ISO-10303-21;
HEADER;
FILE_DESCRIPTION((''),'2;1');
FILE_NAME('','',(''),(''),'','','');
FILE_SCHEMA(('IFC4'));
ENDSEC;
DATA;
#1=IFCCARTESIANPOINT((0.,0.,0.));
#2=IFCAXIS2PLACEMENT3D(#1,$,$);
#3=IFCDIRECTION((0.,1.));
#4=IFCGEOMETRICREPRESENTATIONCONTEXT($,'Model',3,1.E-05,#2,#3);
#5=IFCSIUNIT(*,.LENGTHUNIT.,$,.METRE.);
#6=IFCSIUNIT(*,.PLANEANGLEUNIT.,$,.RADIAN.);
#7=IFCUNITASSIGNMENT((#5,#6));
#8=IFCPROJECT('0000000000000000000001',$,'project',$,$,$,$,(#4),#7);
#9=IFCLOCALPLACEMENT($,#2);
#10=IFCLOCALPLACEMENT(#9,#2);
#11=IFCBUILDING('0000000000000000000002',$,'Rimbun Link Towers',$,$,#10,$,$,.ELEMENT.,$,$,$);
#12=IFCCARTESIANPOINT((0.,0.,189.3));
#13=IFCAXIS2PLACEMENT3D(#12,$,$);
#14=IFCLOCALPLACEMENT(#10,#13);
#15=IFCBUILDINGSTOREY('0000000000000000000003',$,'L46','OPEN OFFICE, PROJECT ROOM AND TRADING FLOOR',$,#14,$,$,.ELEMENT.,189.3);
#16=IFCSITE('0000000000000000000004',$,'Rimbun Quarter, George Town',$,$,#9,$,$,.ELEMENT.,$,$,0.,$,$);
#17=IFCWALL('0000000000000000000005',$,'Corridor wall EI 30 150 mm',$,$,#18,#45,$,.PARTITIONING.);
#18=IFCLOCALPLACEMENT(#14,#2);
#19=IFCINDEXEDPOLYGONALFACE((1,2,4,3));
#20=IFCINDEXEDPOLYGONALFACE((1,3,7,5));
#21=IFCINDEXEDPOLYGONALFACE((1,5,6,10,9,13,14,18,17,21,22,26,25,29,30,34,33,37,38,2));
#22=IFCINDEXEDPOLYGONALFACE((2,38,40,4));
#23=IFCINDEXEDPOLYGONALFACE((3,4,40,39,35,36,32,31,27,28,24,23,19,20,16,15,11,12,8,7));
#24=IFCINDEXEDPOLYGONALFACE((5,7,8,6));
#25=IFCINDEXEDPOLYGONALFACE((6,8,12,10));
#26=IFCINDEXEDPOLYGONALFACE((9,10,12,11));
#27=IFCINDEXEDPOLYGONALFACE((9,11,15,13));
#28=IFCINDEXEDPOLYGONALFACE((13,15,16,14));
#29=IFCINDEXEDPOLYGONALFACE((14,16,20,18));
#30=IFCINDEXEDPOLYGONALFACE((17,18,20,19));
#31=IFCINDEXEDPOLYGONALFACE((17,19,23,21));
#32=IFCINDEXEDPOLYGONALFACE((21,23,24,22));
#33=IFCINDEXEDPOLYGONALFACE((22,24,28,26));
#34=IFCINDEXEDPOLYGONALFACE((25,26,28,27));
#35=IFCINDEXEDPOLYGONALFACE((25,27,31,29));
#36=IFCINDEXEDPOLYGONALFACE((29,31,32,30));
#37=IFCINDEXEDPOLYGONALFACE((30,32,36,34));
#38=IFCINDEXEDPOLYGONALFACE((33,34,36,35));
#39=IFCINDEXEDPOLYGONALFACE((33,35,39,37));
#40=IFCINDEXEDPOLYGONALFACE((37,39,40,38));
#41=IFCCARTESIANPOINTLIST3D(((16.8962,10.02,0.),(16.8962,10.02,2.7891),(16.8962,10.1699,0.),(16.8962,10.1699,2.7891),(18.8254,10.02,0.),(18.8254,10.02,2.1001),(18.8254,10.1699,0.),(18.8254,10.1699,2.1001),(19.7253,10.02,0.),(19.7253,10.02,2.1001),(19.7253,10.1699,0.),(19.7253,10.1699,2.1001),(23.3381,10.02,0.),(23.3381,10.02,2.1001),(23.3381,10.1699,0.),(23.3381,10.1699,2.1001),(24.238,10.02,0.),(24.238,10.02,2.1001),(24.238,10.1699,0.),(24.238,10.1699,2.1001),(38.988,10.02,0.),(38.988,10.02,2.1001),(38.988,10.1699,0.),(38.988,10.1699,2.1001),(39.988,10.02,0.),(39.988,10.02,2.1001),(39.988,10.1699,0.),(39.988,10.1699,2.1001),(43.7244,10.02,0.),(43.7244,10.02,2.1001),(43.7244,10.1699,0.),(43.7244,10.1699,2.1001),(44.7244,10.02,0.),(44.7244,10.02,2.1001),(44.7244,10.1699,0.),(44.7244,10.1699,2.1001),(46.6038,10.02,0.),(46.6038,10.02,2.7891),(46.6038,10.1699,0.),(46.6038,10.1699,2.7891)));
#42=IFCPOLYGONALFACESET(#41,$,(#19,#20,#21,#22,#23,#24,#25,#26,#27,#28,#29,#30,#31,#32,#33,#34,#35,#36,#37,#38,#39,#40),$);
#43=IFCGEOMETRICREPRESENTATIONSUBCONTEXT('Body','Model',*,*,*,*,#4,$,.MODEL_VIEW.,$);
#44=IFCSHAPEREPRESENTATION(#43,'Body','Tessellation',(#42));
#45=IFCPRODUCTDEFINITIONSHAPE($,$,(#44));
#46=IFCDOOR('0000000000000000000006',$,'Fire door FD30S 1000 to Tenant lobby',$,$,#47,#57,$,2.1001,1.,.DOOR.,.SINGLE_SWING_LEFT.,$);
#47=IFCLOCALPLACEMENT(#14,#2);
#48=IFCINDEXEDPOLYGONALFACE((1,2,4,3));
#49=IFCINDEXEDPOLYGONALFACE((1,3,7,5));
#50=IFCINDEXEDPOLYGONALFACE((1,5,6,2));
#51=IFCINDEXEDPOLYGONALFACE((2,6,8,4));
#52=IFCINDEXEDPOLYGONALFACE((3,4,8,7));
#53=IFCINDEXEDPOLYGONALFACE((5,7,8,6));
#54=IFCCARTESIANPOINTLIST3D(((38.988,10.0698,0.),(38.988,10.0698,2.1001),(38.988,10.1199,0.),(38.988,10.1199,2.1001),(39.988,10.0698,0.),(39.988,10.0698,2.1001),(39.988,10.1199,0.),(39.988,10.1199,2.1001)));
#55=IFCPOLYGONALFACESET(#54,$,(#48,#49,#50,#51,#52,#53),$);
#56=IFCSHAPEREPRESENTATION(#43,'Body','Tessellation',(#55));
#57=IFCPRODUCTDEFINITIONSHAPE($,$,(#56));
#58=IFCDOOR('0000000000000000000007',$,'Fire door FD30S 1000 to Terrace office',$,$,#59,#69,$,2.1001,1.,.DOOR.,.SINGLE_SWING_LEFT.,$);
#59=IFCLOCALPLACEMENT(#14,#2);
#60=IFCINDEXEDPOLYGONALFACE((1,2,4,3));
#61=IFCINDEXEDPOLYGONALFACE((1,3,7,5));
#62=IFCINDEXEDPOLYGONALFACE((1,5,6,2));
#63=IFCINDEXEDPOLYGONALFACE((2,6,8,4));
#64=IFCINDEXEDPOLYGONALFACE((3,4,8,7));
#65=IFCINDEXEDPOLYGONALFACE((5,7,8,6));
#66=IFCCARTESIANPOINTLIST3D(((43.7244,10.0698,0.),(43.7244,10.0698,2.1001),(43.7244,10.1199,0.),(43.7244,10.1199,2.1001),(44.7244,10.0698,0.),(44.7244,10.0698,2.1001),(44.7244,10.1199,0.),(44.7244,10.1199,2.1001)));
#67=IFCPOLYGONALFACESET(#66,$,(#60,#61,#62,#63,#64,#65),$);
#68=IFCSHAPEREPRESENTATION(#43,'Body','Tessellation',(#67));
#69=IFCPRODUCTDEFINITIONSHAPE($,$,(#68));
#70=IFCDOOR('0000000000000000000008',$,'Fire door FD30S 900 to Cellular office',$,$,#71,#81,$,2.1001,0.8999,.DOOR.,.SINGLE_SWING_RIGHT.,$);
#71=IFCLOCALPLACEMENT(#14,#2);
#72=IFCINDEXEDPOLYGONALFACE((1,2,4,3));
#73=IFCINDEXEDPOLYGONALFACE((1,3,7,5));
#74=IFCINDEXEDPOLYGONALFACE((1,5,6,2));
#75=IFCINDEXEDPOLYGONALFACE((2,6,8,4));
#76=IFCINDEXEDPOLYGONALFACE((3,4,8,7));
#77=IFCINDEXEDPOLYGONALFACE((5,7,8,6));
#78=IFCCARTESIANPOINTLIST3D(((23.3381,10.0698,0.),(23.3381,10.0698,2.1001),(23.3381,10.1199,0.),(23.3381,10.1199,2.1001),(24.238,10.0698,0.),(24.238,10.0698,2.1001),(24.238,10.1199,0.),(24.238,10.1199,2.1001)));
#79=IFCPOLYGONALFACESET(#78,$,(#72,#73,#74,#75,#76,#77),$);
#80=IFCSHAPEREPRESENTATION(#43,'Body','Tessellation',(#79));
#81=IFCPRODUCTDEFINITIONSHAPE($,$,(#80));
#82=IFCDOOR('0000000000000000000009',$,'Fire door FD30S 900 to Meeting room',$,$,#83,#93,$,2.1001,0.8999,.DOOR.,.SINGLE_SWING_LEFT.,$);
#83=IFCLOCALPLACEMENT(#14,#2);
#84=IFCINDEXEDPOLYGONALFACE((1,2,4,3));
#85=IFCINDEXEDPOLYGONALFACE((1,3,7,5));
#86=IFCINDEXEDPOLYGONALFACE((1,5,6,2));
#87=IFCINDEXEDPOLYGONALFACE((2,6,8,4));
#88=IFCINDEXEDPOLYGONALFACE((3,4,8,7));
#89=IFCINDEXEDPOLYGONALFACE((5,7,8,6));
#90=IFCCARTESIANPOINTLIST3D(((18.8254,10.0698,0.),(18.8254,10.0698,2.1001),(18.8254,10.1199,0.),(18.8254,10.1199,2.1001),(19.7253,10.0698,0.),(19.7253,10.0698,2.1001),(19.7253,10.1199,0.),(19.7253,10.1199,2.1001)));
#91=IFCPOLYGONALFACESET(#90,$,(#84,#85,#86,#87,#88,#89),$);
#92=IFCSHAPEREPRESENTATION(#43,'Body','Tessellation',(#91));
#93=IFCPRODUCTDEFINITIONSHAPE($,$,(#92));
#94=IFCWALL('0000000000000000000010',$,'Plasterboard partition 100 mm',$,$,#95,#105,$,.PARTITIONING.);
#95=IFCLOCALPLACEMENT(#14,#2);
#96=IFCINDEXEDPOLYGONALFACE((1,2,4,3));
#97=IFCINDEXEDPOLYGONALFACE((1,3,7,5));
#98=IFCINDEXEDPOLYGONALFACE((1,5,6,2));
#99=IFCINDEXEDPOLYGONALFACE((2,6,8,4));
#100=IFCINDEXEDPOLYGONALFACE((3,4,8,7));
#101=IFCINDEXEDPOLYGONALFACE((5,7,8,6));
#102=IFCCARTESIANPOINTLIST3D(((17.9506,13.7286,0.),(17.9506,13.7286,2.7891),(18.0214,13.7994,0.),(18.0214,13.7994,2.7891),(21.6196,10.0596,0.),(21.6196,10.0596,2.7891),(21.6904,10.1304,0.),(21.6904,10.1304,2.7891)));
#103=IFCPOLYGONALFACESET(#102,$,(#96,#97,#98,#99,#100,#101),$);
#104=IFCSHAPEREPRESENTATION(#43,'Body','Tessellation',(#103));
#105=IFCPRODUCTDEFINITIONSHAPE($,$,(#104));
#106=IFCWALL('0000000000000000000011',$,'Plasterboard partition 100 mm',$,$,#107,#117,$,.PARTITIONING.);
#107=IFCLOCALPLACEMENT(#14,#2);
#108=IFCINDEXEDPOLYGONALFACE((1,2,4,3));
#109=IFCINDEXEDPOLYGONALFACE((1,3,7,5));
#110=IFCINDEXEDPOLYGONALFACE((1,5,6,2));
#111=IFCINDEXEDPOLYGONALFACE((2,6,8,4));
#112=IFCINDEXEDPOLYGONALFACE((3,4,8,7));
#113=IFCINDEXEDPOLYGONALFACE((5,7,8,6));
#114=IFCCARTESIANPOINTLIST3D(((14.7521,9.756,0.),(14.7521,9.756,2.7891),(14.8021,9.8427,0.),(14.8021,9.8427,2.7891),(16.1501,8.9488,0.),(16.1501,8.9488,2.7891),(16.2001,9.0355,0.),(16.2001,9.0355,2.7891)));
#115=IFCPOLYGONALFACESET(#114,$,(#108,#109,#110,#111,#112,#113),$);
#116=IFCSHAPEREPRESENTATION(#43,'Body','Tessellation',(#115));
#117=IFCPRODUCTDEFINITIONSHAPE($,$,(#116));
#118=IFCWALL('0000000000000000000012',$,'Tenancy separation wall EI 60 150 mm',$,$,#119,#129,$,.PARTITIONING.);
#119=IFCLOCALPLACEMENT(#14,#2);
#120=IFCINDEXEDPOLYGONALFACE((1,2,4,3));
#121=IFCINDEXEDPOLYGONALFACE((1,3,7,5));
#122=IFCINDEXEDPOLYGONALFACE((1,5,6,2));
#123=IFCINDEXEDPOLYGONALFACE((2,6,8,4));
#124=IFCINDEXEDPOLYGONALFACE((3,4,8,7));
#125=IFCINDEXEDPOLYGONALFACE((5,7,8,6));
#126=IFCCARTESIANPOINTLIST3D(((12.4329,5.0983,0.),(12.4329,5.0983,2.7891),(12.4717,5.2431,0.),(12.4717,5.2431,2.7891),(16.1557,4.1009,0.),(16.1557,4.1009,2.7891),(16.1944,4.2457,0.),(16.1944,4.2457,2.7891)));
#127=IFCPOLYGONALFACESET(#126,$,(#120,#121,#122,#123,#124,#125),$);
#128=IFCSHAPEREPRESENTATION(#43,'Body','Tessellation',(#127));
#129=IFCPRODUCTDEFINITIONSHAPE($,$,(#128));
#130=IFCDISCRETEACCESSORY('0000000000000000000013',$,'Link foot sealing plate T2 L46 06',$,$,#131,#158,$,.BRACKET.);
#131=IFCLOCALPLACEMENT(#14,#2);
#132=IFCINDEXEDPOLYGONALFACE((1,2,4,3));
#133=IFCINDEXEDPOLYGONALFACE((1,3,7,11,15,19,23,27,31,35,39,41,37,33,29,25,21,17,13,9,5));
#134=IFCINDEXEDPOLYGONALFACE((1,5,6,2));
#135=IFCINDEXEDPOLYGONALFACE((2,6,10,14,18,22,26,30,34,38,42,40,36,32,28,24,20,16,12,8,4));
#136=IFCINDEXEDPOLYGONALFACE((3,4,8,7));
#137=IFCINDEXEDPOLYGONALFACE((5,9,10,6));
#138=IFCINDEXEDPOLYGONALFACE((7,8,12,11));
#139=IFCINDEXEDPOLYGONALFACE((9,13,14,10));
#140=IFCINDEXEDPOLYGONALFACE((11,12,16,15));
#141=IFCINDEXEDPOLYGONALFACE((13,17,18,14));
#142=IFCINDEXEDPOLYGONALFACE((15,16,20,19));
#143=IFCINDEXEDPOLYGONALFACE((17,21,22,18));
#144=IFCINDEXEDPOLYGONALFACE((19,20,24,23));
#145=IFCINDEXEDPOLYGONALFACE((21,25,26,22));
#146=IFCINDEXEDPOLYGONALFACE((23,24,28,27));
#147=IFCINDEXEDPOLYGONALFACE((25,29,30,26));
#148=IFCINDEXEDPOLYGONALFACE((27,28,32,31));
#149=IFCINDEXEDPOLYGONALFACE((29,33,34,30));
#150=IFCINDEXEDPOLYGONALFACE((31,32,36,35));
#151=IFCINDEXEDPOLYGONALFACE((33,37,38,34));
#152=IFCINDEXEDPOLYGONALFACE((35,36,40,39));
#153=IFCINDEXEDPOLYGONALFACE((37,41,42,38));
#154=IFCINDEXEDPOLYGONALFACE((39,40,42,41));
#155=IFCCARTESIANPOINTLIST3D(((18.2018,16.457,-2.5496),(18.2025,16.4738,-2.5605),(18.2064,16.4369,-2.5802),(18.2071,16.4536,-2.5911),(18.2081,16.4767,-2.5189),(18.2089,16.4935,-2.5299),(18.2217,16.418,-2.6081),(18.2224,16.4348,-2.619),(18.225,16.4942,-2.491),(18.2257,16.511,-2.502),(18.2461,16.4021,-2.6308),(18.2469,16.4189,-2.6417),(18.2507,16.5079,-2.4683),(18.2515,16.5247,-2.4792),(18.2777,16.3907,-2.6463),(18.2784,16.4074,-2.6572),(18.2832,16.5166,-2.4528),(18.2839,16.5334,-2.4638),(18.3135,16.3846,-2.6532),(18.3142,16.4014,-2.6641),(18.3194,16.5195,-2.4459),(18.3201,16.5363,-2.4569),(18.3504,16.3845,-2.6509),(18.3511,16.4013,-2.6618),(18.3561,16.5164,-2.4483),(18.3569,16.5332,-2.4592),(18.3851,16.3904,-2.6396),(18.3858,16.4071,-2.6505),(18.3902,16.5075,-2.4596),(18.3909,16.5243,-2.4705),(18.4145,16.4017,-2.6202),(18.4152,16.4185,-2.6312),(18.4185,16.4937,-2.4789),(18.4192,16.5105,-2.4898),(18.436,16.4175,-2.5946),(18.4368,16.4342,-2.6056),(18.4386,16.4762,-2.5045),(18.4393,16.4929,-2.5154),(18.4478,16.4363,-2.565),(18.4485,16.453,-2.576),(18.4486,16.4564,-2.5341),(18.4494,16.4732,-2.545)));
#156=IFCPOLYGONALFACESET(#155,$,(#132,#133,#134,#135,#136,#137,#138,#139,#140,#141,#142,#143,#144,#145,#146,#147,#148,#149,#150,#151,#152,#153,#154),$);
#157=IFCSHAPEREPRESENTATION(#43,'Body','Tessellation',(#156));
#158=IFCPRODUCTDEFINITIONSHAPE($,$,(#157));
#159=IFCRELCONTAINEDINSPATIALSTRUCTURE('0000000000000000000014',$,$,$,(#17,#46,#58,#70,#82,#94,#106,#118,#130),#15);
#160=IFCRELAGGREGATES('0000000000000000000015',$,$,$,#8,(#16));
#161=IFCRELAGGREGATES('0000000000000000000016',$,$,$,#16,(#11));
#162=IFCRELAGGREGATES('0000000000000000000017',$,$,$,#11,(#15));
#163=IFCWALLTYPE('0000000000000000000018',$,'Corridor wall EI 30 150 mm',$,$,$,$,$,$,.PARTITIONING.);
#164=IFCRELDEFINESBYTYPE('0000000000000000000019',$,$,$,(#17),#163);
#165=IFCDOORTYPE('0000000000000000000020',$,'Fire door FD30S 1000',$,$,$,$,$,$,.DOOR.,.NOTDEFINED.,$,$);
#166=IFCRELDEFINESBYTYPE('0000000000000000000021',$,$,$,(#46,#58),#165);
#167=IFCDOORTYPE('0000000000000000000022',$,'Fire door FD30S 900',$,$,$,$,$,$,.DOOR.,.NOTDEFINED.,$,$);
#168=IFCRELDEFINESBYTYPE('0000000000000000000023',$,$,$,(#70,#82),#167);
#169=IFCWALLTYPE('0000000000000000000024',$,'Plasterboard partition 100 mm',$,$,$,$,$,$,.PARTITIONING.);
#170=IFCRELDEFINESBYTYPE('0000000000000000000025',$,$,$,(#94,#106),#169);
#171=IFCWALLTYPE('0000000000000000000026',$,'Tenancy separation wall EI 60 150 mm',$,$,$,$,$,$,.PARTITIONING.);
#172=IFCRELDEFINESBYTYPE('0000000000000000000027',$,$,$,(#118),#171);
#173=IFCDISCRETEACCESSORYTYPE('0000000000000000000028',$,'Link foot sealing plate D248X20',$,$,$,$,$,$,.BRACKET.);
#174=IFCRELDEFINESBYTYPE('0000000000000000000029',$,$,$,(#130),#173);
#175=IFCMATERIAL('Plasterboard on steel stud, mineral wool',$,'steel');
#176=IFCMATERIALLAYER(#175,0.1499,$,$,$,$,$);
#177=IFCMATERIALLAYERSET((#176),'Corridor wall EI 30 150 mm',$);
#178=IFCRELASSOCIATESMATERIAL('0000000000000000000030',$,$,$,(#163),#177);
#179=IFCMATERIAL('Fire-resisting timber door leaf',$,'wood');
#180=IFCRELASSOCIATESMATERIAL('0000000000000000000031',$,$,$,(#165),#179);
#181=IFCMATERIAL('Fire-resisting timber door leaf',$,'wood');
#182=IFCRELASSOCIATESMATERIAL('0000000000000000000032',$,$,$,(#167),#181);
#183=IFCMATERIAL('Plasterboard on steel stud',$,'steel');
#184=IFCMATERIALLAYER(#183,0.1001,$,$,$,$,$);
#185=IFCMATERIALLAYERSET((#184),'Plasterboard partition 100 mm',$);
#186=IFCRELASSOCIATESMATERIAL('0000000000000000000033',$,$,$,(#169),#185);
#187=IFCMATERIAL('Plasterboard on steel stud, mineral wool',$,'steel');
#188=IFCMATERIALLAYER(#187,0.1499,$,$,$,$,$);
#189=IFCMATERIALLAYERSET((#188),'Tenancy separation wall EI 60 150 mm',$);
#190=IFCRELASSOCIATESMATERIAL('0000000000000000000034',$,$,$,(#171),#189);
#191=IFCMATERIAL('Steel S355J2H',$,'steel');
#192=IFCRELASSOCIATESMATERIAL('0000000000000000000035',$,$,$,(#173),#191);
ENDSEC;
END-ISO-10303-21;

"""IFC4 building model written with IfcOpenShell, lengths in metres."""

from ifc_helpers import new_model, si_unit, direction, frame, frame_2d, origin, origin_2d, place, context, subcontext, project, spatial, rectangle, circle, extrude, material, layer, layer_set, material_profile, profile_set, type_object, element, fill, save


model = new_model("IFC4")

# Units and contexts
model_context = context("Model", 3, precision=1e-05, world=origin(), true_north=direction((0.0, 1.0)))
body_context = subcontext(model_context, "Body", "Model", "MODEL_VIEW")
ifc_project = project(units=[si_unit("LENGTHUNIT", "METRE"), si_unit("PLANEANGLEUNIT", "RADIAN")], contexts=[model_context])

# Site, building, storey
site_placement = place(None, origin())
site = spatial("IfcSite", under=ifc_project, at=site_placement, Name="Rimbun Quarter, George Town", CompositionType="ELEMENT", RefElevation=0.0)
building_placement = place(site_placement, origin())
building = spatial("IfcBuilding", under=site, at=building_placement, Name="Rimbun Link Towers", CompositionType="ELEMENT")
storey_placement = place(building_placement, frame((0.0, 0.0, 189.3)))
storey = spatial("IfcBuildingStorey", under=building, at=storey_placement, Name="L46", Description="OPEN OFFICE, PROJECT ROOM AND TRADING FLOOR", CompositionType="ELEMENT", Elevation=189.3)

# Shared definitions
ifc_material_1 = material(Name="Plasterboard on steel stud, mineral wool", Category="steel")
ifc_layer_1 = layer(ifc_material_1, 0.1499)
ifc_layer_set_1 = layer_set([ifc_layer_1], Name="Corridor wall EI 30 150 mm")
wall_type_1 = type_object("IfcWallType", Name="Corridor wall EI 30 150 mm", PredefinedType="PARTITIONING", material=ifc_layer_set_1)

# Wall, openings, doors
wall_1_placement = place(storey_placement, frame((16.8962, 10.095, 0.0), z_axis=(0.0, 0.0, 1.0), x_axis=(1.0, 0.0, 0.0)))
wall_1 = element("IfcWall", 1, at=wall_1_placement, inside=storey, type_object=wall_type_1, Name="Corridor wall EI 30 150 mm", PredefinedType="PARTITIONING", context=body_context, shape_type="SweptSolid", body=[
    extrude(rectangle(XDim=29.7075, YDim=0.1499, at=frame_2d((14.8538, 0.0))), origin(), (0.0, 0.0, 1.0), 2.7891),
])
opening_1_placement = place(wall_1_placement, frame((22.0918, 0.0, 0.0)))
opening_1 = element("IfcOpeningElement", 2, at=opening_1_placement, cuts=wall_1, PredefinedType="OPENING", context=body_context, shape_type="SweptSolid", body=[
    extrude(rectangle(XDim=1.0, YDim=2.1001, at=frame_2d((0.5, 1.05))), frame((0.0, 0.085, 0.0), z_axis=(0.0, -1.0, 0.0), x_axis=(1.0, 0.0, 0.0)), (0.0, 0.0, 1.0), 0.1699),
])
opening_2_placement = place(wall_1_placement, frame((6.4419, 0.0, 0.0)))
opening_2 = element("IfcOpeningElement", 3, at=opening_2_placement, cuts=wall_1, PredefinedType="OPENING", context=body_context, shape_type="SweptSolid", body=[
    extrude(rectangle(XDim=0.8999, YDim=2.1001, at=frame_2d((0.45, 1.05))), frame((0.0, 0.085, 0.0), z_axis=(0.0, -1.0, 0.0), x_axis=(1.0, 0.0, 0.0)), (0.0, 0.0, 1.0), 0.1699),
])
opening_3_placement = place(wall_1_placement, frame((1.9292, 0.0, 0.0)))
opening_3 = element("IfcOpeningElement", 4, at=opening_3_placement, cuts=wall_1, PredefinedType="OPENING", context=body_context, shape_type="SweptSolid", body=[
    extrude(rectangle(XDim=0.8999, YDim=2.1001, at=frame_2d((0.45, 1.05))), frame((0.0, 0.085, 0.0), z_axis=(0.0, -1.0, 0.0), x_axis=(1.0, 0.0, 0.0)), (0.0, 0.0, 1.0), 0.1699),
])
opening_4_placement = place(wall_1_placement, frame((26.8281, 0.0, 0.0)))
opening_4 = element("IfcOpeningElement", 5, at=opening_4_placement, cuts=wall_1, PredefinedType="OPENING", context=body_context, shape_type="SweptSolid", body=[
    extrude(rectangle(XDim=1.0, YDim=2.1001, at=frame_2d((0.5, 1.05))), frame((0.0, 0.085, 0.0), z_axis=(0.0, -1.0, 0.0), x_axis=(1.0, 0.0, 0.0)), (0.0, 0.0, 1.0), 0.1699),
])
ifc_material_2 = material(Name="Fire-resisting timber door leaf", Category="wood")
door_type_1 = type_object("IfcDoorType", Name="Fire door FD30S 1000", OperationType="NOTDEFINED", PredefinedType="DOOR", material=ifc_material_2)
door_1_placement = place(opening_1_placement, origin())
door_1 = element("IfcDoor", 6, at=door_1_placement, inside=storey, type_object=door_type_1, Name="Fire door FD30S 1000 to Tenant lobby", OperationType="SINGLE_SWING_LEFT", OverallHeight=2.1001, OverallWidth=1.0, PredefinedType="DOOR", context=body_context, shape_type="SweptSolid", body=[
    extrude(rectangle(XDim=1.0, YDim=2.1001, at=frame_2d((0.5, 1.05))), frame((0.0, 0.0249, 0.0), z_axis=(0.0, -1.0, 0.0), x_axis=(1.0, 0.0, 0.0)), (0.0, 0.0, 1.0), 0.05),
])
fill(opening_1, door_1)
door_2_placement = place(opening_4_placement, origin())
door_2 = element("IfcDoor", 7, at=door_2_placement, inside=storey, type_object=door_type_1, Name="Fire door FD30S 1000 to Terrace office", OperationType="SINGLE_SWING_LEFT", OverallHeight=2.1001, OverallWidth=1.0, PredefinedType="DOOR", context=body_context, shape_type="SweptSolid", body=[
    extrude(rectangle(XDim=1.0, YDim=2.1001, at=frame_2d((0.5, 1.05))), frame((0.0, 0.0249, 0.0), z_axis=(0.0, -1.0, 0.0), x_axis=(1.0, 0.0, 0.0)), (0.0, 0.0, 1.0), 0.05),
])
fill(opening_4, door_2)
ifc_material_3 = material(Name="Fire-resisting timber door leaf", Category="wood")
door_type_2 = type_object("IfcDoorType", Name="Fire door FD30S 900", OperationType="NOTDEFINED", PredefinedType="DOOR", material=ifc_material_3)
door_3_placement = place(opening_2_placement, origin())
door_3 = element("IfcDoor", 8, at=door_3_placement, inside=storey, type_object=door_type_2, Name="Fire door FD30S 900 to Cellular office", OperationType="SINGLE_SWING_RIGHT", OverallHeight=2.1001, OverallWidth=0.8999, PredefinedType="DOOR", context=body_context, shape_type="SweptSolid", body=[
    extrude(rectangle(XDim=0.8999, YDim=2.1001, at=frame_2d((0.45, 1.05))), frame((0.0, 0.0249, 0.0), z_axis=(0.0, -1.0, 0.0), x_axis=(1.0, 0.0, 0.0)), (0.0, 0.0, 1.0), 0.05),
])
fill(opening_2, door_3)
door_4_placement = place(opening_3_placement, origin())
door_4 = element("IfcDoor", 9, at=door_4_placement, inside=storey, type_object=door_type_2, Name="Fire door FD30S 900 to Meeting room", OperationType="SINGLE_SWING_LEFT", OverallHeight=2.1001, OverallWidth=0.8999, PredefinedType="DOOR", context=body_context, shape_type="SweptSolid", body=[
    extrude(rectangle(XDim=0.8999, YDim=2.1001, at=frame_2d((0.45, 1.05))), frame((0.0, 0.0249, 0.0), z_axis=(0.0, -1.0, 0.0), x_axis=(1.0, 0.0, 0.0)), (0.0, 0.0, 1.0), 0.05),
])
fill(opening_3, door_4)

# Walls
ifc_material_4 = material(Name="Plasterboard on steel stud", Category="steel")
ifc_layer_2 = layer(ifc_material_4, 0.1001)
ifc_layer_set_2 = layer_set([ifc_layer_2], Name="Plasterboard partition 100 mm")
wall_type_2 = type_object("IfcWallType", Name="Plasterboard partition 100 mm", PredefinedType="PARTITIONING", material=ifc_layer_set_2)
wall_2_placement = place(storey_placement, frame((17.9861, 13.7639, 0.0), z_axis=(0.0, 0.0, 1.0), x_axis=(0.707107, -0.707107, 0.0)))
element("IfcWall", 10, at=wall_2_placement, inside=storey, type_object=wall_type_2, Name="Plasterboard partition 100 mm", PredefinedType="PARTITIONING", context=body_context, shape_type="SweptSolid", body=[
    extrude(rectangle(XDim=5.1887, YDim=0.1001, at=frame_2d((2.5942, 0.0))), origin(), (0.0, 0.0, 1.0), 2.7891),
])
wall_3_placement = place(storey_placement, frame((14.7771, 9.7993, 0.0), z_axis=(0.0, 0.0, 1.0), x_axis=(0.866019, -0.50001, 0.0)))
element("IfcWall", 11, at=wall_3_placement, inside=storey, type_object=wall_type_2, Name="Plasterboard partition 100 mm", PredefinedType="PARTITIONING", context=body_context, shape_type="SweptSolid", body=[
    extrude(rectangle(XDim=1.6143, YDim=0.1001, at=frame_2d((0.8071, 0.0))), origin(), (0.0, 0.0, 1.0), 2.7891),
])
ifc_material_5 = material(Name="Plasterboard on steel stud, mineral wool", Category="steel")
ifc_layer_3 = layer(ifc_material_5, 0.1499)
ifc_layer_set_3 = layer_set([ifc_layer_3], Name="Tenancy separation wall EI 60 150 mm")
wall_type_3 = type_object("IfcWallType", Name="Tenancy separation wall EI 60 150 mm", PredefinedType="PARTITIONING", material=ifc_layer_set_3)
wall_4_placement = place(storey_placement, frame((16.175, 4.1733, 0.0), z_axis=(0.0, 0.0, 1.0), x_axis=(-0.965937, 0.258778, 0.0)))
element("IfcWall", 12, at=wall_4_placement, inside=storey, type_object=wall_type_3, Name="Tenancy separation wall EI 60 150 mm", PredefinedType="PARTITIONING", context=body_context, shape_type="SweptSolid", body=[
    extrude(rectangle(XDim=3.854, YDim=0.1499, at=frame_2d((1.927, 0.0))), origin(), (0.0, 0.0, 1.0), 2.7891),
])

# Discrete accessory
ifc_material_6 = material(Name="Steel S355J2H", Category="steel")
ifc_material_profile_1 = material_profile(ifc_material_6, circle(Radius=0.124, at=origin_2d()), Name="PL D248")
ifc_profile_set_1 = profile_set([ifc_material_profile_1], Name="Steel S355J2H")
discrete_accessory_type = type_object("IfcDiscreteAccessoryType", Name="Link foot sealing plate D248X20", PredefinedType="BRACKET", material=ifc_profile_set_1)
discrete_accessory_placement = place(storey_placement, frame((18.3257, 16.4517, -2.5496), z_axis=(0.036394, 0.837056, -0.545906), x_axis=(-0.999056, 0.043437, 0.0)))
element("IfcDiscreteAccessory", 13, at=discrete_accessory_placement, inside=storey, type_object=discrete_accessory_type, Name="Link foot sealing plate T2 L46 06", PredefinedType="BRACKET", context=body_context, shape_type="SweptSolid", body=[
    extrude(circle(Radius=0.124, at=origin_2d()), origin(), (0.0, 0.0, 1.0), 0.02),
])

save(model, "model.ifc")
